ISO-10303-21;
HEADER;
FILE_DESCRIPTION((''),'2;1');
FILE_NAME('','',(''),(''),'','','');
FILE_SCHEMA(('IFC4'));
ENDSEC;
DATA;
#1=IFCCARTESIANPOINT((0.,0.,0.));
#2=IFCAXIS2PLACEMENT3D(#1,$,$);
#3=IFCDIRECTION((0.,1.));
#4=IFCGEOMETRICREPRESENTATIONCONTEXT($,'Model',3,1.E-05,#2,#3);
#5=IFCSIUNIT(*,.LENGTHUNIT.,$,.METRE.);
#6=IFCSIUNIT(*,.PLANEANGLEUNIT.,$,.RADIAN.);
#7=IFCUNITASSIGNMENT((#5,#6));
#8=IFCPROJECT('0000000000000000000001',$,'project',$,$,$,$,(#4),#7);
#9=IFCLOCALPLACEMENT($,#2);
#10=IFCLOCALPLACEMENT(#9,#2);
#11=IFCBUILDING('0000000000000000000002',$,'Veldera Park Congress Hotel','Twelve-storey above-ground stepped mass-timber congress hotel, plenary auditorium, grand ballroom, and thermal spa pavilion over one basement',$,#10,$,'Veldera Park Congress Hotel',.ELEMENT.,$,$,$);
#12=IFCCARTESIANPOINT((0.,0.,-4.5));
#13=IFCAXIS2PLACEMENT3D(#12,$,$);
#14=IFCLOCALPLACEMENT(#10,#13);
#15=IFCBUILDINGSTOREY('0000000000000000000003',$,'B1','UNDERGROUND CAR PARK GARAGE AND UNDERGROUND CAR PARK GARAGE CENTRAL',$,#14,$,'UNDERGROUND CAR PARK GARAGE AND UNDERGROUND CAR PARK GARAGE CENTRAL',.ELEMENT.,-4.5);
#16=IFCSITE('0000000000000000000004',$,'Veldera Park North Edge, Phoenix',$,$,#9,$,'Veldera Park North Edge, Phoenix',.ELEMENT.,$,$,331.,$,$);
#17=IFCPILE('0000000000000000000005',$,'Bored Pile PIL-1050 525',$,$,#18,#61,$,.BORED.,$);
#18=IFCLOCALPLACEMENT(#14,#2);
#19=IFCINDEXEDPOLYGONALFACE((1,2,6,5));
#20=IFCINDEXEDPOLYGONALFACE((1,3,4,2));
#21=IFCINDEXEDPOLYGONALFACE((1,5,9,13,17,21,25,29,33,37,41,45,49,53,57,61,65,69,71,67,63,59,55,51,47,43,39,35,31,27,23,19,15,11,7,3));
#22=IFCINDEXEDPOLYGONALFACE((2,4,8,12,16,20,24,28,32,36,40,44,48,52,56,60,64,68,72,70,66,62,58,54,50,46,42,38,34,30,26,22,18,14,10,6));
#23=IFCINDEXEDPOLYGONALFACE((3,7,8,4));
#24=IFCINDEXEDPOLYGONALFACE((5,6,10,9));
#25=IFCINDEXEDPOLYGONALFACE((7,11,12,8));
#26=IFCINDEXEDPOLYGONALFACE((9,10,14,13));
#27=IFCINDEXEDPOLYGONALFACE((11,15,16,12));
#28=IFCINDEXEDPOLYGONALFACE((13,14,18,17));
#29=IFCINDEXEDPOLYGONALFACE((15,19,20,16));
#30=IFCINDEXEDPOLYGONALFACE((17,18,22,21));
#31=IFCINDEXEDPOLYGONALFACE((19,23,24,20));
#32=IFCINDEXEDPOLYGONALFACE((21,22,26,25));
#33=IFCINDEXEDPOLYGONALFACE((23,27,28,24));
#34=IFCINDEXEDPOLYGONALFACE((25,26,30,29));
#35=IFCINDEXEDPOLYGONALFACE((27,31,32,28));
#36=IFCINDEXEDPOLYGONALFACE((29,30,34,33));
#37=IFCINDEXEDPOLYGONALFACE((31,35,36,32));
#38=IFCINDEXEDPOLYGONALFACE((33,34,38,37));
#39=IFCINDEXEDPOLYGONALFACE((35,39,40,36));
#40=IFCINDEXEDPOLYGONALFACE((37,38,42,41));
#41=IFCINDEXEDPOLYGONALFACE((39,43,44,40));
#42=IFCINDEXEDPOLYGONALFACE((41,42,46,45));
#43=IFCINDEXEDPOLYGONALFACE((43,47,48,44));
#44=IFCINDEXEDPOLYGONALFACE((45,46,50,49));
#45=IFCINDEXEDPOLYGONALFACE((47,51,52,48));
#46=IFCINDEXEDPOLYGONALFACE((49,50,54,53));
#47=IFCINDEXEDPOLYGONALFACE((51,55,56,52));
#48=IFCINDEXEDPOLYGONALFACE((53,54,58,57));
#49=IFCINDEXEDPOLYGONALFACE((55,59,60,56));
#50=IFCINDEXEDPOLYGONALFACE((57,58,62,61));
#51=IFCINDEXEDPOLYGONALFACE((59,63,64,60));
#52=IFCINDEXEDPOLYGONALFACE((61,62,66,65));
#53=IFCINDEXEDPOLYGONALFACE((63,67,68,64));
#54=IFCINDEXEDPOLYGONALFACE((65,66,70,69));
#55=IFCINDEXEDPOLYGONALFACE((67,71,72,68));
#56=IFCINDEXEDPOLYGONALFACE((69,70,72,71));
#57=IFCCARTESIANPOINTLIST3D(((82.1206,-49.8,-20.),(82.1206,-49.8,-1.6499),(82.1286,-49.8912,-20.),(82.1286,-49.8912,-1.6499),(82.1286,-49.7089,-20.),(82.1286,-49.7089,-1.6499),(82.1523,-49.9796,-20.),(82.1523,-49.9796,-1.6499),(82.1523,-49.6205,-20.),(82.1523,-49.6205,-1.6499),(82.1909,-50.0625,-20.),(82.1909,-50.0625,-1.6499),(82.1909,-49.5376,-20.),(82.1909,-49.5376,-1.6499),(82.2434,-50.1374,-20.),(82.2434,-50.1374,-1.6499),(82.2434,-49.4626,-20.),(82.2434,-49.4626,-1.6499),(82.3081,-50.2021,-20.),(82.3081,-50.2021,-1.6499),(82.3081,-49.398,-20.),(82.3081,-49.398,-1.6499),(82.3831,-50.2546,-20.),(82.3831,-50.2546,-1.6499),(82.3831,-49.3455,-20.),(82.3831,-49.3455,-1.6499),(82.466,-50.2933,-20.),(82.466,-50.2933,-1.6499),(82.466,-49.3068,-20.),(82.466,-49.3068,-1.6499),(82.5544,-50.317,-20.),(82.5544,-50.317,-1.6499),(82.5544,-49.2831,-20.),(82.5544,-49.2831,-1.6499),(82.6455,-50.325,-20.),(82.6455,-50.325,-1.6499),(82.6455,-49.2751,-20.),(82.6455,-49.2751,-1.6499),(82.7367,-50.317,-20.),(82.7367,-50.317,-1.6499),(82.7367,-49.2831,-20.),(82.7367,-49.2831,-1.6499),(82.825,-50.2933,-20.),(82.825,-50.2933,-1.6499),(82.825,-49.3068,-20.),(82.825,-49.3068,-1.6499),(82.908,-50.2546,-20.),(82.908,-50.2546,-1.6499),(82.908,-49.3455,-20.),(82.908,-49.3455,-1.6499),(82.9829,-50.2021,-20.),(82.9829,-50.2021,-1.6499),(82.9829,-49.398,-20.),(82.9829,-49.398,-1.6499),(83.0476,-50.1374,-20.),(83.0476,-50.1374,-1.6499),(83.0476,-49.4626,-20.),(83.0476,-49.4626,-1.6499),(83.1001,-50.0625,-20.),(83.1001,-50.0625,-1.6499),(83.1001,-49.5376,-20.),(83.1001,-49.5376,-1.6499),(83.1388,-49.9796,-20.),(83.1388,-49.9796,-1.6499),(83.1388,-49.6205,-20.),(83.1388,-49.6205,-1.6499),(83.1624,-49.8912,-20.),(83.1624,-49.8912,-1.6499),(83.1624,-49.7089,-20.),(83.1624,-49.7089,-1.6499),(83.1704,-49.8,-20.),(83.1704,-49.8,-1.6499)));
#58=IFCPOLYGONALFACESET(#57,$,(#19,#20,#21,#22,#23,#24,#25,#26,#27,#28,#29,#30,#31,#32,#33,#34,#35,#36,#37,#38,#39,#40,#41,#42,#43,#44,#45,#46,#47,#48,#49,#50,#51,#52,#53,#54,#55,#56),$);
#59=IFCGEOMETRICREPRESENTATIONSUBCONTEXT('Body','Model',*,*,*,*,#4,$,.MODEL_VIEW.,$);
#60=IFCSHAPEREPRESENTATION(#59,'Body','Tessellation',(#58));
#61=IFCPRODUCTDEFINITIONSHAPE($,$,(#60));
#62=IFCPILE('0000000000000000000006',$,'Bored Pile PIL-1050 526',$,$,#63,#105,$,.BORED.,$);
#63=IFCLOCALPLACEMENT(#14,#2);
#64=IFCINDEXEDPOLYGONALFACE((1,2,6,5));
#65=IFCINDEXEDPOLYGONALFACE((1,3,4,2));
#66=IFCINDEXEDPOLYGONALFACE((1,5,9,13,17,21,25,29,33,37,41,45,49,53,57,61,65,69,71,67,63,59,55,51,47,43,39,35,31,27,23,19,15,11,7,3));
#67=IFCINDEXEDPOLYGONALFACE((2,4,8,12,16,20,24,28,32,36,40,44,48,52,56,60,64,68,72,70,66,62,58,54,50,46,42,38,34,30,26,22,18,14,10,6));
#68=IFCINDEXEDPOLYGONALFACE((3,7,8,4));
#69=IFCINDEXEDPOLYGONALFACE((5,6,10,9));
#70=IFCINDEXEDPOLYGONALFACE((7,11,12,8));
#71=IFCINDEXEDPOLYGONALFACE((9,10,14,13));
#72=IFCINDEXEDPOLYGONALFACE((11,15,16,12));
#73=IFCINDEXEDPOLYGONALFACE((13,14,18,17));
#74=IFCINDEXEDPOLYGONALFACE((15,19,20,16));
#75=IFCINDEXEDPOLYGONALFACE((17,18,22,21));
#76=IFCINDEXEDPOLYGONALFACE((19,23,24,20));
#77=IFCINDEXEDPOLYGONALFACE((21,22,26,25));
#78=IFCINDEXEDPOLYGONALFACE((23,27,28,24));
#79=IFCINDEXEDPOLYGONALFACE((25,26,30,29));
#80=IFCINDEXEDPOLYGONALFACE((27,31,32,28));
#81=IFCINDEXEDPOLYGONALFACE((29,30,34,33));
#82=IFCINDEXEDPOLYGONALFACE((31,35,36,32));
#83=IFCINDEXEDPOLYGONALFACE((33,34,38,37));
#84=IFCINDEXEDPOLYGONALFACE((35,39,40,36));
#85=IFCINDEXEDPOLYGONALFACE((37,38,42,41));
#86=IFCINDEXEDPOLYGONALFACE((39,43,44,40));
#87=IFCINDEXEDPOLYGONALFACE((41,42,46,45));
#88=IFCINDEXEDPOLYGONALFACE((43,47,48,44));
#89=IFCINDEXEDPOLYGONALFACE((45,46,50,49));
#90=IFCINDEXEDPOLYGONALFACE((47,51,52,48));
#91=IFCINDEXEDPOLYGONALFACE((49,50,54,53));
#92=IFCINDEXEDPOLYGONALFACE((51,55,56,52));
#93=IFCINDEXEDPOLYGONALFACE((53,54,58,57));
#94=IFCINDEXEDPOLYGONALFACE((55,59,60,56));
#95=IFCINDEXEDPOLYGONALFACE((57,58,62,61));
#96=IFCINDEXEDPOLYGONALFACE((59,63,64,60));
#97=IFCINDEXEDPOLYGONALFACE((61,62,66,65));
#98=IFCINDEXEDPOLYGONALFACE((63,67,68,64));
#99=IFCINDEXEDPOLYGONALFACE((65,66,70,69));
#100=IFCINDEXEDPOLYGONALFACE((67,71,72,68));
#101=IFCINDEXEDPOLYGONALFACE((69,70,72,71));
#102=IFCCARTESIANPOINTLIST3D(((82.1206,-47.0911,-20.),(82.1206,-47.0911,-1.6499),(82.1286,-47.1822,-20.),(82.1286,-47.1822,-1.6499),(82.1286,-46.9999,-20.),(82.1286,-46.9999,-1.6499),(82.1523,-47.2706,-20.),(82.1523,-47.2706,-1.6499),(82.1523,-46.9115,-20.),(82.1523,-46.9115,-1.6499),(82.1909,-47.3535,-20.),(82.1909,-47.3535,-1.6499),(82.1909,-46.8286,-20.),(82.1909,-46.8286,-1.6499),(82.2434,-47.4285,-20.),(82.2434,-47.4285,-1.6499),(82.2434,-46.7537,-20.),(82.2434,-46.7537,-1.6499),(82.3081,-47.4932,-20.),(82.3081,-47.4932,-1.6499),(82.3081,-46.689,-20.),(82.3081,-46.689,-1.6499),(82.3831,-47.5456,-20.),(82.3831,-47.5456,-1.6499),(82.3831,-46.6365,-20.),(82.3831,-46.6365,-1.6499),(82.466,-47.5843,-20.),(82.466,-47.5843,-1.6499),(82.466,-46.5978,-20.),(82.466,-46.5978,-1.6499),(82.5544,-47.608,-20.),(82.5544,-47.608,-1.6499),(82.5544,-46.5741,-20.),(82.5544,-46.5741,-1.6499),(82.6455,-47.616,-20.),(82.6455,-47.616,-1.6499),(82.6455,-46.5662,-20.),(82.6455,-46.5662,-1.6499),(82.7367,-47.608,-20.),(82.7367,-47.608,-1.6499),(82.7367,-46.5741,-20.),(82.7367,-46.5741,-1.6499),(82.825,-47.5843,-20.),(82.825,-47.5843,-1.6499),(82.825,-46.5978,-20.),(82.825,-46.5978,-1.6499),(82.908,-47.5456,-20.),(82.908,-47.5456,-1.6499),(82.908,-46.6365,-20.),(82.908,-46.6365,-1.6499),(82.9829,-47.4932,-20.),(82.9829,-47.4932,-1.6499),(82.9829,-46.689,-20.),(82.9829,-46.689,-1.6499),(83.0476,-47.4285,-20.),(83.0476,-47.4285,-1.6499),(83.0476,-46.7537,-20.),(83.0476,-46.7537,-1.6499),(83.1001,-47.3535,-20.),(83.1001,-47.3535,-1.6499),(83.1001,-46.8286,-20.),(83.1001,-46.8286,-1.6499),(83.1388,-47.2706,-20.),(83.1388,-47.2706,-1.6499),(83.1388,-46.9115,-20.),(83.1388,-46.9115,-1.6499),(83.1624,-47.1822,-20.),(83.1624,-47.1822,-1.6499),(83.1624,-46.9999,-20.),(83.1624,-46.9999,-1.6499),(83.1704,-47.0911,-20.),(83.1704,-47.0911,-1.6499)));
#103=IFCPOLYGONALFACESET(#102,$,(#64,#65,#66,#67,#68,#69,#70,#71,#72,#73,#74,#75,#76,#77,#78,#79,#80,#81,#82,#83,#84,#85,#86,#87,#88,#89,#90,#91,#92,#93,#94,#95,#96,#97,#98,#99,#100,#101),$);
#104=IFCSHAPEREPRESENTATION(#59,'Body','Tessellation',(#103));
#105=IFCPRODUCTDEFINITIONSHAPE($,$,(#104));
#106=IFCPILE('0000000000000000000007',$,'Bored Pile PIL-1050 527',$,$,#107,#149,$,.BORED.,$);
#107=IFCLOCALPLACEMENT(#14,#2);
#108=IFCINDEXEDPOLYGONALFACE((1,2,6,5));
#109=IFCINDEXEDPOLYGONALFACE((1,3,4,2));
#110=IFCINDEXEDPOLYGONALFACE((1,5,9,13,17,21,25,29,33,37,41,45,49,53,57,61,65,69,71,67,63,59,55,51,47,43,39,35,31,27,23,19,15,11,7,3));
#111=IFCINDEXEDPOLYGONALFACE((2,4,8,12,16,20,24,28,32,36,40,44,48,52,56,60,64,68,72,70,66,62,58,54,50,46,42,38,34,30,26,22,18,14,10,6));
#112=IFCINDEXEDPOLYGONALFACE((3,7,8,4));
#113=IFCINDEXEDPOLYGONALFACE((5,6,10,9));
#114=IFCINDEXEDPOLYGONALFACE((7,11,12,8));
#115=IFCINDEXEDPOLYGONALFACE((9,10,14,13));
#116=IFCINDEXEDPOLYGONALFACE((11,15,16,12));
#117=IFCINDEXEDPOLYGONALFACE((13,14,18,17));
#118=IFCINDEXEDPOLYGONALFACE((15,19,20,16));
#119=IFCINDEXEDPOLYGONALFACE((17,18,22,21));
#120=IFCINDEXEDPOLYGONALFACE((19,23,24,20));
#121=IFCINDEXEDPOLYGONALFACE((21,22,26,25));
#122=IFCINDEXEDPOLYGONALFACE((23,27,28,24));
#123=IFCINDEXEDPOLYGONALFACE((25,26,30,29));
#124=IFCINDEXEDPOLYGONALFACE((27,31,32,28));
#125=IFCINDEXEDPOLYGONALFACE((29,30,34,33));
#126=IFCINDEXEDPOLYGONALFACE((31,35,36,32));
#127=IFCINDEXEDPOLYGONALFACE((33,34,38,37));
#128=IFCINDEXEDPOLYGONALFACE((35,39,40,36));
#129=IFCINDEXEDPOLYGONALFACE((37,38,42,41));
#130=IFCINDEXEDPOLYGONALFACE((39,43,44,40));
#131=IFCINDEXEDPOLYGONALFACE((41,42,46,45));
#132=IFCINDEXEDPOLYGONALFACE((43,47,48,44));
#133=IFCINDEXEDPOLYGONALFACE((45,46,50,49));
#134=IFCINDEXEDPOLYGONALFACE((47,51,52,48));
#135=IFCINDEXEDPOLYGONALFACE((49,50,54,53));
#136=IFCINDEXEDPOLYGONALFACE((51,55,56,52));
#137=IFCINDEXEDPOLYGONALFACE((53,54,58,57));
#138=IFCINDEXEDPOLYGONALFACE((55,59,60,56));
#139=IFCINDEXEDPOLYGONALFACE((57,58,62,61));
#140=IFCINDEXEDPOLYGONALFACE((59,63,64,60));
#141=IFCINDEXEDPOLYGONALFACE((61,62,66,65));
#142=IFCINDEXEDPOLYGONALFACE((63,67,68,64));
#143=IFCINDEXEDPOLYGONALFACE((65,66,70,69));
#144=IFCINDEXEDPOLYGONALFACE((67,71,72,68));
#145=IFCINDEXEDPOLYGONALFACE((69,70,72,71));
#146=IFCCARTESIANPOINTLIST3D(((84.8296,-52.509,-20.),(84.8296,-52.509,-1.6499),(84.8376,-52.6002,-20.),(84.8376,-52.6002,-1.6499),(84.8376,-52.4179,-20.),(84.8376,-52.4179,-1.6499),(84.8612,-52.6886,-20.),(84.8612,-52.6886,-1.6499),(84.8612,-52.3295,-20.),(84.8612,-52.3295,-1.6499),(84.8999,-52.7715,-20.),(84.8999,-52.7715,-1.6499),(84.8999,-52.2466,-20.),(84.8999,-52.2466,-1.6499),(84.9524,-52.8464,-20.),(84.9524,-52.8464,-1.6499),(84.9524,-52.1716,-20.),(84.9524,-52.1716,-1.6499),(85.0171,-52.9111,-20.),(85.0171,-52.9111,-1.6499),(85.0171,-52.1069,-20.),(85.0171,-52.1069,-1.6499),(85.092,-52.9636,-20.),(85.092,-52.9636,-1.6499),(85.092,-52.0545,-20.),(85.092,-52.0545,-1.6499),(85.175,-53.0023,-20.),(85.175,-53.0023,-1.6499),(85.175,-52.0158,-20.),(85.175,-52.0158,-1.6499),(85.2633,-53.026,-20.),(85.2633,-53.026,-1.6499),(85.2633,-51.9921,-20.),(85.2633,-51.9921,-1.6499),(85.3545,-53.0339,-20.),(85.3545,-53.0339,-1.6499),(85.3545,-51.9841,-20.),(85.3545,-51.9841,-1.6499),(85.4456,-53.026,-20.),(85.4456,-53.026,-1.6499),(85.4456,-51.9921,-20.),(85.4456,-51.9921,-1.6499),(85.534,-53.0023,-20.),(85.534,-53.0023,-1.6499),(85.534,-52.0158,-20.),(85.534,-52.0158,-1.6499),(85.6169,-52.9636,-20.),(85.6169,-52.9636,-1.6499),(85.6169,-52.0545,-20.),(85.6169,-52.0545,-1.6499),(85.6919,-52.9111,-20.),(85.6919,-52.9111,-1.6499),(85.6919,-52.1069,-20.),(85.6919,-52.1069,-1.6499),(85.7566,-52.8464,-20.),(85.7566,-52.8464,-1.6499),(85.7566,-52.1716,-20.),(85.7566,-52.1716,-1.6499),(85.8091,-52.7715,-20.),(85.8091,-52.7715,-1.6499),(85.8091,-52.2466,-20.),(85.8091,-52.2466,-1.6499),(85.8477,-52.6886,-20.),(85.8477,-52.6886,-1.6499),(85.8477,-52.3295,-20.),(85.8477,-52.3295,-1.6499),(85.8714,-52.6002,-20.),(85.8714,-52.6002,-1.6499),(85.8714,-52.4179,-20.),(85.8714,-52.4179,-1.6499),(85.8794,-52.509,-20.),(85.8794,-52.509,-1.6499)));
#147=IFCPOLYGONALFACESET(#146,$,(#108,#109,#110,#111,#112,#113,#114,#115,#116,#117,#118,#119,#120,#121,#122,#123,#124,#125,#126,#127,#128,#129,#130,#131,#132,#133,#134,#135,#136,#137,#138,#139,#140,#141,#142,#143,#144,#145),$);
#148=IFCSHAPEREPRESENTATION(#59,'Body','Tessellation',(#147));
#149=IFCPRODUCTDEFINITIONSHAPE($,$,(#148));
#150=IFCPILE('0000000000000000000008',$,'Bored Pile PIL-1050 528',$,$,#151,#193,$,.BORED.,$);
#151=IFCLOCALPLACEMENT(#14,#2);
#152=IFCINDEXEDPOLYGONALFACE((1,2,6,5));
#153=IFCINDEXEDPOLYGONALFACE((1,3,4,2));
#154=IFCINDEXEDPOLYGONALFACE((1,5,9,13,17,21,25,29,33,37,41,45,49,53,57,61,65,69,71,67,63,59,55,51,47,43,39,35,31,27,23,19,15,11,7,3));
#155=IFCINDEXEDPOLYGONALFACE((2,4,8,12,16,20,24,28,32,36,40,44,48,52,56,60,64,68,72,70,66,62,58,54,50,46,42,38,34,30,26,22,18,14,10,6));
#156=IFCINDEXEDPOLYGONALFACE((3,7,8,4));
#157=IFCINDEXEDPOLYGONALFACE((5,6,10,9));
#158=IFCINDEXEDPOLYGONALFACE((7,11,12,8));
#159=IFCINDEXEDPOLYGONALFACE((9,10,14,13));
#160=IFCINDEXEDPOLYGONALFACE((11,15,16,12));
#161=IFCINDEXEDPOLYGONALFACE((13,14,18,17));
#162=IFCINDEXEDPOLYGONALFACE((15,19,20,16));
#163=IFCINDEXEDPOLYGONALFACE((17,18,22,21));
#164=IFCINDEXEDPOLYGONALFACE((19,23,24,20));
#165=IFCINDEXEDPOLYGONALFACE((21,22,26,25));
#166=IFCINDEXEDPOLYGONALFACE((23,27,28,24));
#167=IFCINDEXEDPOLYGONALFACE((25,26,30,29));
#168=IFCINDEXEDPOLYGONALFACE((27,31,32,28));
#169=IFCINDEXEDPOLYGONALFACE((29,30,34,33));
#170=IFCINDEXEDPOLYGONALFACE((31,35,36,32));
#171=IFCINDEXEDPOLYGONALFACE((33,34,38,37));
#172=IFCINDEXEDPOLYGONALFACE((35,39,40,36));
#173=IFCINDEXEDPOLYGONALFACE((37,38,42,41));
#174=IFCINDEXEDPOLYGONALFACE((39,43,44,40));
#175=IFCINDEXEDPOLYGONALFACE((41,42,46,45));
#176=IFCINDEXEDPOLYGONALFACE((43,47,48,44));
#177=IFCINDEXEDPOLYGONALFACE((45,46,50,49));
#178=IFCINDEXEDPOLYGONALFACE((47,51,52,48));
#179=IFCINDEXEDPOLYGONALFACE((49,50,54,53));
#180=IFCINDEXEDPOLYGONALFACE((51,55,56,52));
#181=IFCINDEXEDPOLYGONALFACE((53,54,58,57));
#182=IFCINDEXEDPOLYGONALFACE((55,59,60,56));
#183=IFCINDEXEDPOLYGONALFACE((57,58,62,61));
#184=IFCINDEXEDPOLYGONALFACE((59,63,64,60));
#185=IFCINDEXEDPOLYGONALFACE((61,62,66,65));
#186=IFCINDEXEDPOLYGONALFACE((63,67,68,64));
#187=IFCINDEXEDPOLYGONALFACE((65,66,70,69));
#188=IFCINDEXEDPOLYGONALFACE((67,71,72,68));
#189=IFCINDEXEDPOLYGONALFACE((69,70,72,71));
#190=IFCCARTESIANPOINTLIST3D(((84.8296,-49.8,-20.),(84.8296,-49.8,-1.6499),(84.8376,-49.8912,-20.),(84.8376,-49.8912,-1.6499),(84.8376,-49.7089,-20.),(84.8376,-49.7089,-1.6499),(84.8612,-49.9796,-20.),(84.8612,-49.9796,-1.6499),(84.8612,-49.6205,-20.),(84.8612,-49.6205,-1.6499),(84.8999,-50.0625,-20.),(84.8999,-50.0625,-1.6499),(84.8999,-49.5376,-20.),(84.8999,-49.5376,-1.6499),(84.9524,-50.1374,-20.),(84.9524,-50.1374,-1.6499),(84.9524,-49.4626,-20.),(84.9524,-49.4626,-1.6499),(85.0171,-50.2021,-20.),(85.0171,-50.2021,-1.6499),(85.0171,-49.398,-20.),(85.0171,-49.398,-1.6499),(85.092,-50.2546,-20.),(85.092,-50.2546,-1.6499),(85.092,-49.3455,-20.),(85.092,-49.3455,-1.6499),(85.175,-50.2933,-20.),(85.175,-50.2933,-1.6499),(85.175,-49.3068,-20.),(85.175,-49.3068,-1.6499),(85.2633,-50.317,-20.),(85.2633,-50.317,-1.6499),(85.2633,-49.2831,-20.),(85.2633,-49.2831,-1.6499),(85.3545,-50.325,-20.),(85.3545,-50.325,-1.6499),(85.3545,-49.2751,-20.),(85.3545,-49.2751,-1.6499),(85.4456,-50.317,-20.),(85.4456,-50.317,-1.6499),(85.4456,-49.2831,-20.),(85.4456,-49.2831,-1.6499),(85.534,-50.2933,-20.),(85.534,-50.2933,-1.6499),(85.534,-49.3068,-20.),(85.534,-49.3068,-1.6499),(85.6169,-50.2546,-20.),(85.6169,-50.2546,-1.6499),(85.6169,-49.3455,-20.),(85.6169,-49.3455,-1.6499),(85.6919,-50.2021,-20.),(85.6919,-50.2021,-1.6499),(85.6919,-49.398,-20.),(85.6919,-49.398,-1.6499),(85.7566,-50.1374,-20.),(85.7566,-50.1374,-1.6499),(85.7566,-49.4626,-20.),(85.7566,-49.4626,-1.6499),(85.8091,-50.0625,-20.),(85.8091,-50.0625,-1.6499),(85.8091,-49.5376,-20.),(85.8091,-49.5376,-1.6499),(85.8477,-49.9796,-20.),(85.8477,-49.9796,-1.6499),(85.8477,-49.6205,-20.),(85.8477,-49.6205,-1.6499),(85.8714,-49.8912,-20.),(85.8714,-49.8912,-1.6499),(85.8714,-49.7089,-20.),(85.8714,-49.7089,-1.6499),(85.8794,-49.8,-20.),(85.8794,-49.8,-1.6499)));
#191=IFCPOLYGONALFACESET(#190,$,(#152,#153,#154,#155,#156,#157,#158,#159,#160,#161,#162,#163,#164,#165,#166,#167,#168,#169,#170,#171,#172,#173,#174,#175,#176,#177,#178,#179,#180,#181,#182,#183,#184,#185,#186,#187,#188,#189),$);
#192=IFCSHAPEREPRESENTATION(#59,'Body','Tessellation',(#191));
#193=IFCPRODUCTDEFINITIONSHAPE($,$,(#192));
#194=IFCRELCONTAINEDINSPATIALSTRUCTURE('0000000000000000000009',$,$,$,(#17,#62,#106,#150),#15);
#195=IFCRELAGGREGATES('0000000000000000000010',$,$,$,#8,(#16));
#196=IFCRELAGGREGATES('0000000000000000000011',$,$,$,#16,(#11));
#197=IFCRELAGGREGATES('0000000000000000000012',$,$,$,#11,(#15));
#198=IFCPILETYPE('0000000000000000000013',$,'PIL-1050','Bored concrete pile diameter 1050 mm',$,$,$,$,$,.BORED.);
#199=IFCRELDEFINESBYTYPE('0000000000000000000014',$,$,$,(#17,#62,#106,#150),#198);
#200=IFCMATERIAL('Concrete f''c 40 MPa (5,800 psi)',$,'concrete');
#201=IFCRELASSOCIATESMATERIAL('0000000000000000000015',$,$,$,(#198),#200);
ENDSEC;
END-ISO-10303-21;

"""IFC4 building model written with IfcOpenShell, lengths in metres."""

from ifc_helpers import new_model, si_unit, direction, frame, origin, origin_2d, place, context, subcontext, project, spatial, circle, extrude, material, material_profile, profile_set, type_object, element, save


model = new_model("IFC4")

# Units and contexts
model_context = context("Model", 3, precision=1e-05, world=origin(), true_north=direction((0.0, 1.0)))
body_context = subcontext(model_context, "Body", "Model", "MODEL_VIEW")
ifc_project = project(units=[si_unit("LENGTHUNIT", "METRE"), si_unit("PLANEANGLEUNIT", "RADIAN")], contexts=[model_context])

# Site, building, storey
site_placement = place(None, origin())
site = spatial("IfcSite", under=ifc_project, at=site_placement, Name="Veldera Park North Edge, Phoenix", LongName="Veldera Park North Edge, Phoenix", CompositionType="ELEMENT", RefElevation=331.0)
building_placement = place(site_placement, origin())
building = spatial("IfcBuilding", under=site, at=building_placement, Name="Veldera Park Congress Hotel", Description="Twelve-storey above-ground stepped mass-timber congress hotel, plenary auditorium, grand ballroom, and thermal spa pavilion over one basement", LongName="Veldera Park Congress Hotel", CompositionType="ELEMENT")
storey_placement = place(building_placement, frame((0.0, 0.0, -4.5)))
storey = spatial("IfcBuildingStorey", under=building, at=storey_placement, Name="B1", Description="UNDERGROUND CAR PARK GARAGE AND UNDERGROUND CAR PARK GARAGE CENTRAL", LongName="UNDERGROUND CAR PARK GARAGE AND UNDERGROUND CAR PARK GARAGE CENTRAL", CompositionType="ELEMENT", Elevation=-4.5)

# Shared definitions
ifc_material_1 = material(Name="Concrete f'c 40 MPa (5,800 psi)", Category="concrete")

# Piles
ifc_material_profile_1 = material_profile(ifc_material_1, circle(Radius=0.5249, at=origin_2d()), Name="PILE D1050")
ifc_profile_set_1 = profile_set([ifc_material_profile_1], Name="Concrete f'c 40 MPa (5,800 psi)")
pile_type = type_object("IfcPileType", Name="PIL-1050", Description="Bored concrete pile diameter 1050 mm", PredefinedType="BORED", material=ifc_profile_set_1)
for number, where, z_axis, x_axis, name in (
    (1, (82.6455, -49.8, -1.6499), (0.0, 0.0, -1.0), (1.0, 0.0, 0.0), "Bored Pile PIL-1050 525"),
    (2, (82.6455, -47.0911, -1.6499), (0.0, 0.0, -1.0), (1.0, 0.0, 0.0), "Bored Pile PIL-1050 526"),
    (3, (85.3545, -52.509, -1.6499), (0.0, 0.0, -1.0), (1.0, 0.0, 0.0), "Bored Pile PIL-1050 527"),
    (4, (85.3545, -49.8, -1.6499), (0.0, 0.0, -1.0), (1.0, 0.0, 0.0), "Bored Pile PIL-1050 528"),
):
    element("IfcPile", number, at=place(storey_placement, frame(where, z_axis=z_axis, x_axis=x_axis)), inside=storey, type_object=pile_type, Name=name, PredefinedType="BORED", context=body_context, shape_type="SweptSolid", body=[
        extrude(circle(Radius=0.5249, at=origin_2d()), origin(), (0.0, 0.0, 1.0), 18.3501),
    ])

save(model, "model.ifc")
